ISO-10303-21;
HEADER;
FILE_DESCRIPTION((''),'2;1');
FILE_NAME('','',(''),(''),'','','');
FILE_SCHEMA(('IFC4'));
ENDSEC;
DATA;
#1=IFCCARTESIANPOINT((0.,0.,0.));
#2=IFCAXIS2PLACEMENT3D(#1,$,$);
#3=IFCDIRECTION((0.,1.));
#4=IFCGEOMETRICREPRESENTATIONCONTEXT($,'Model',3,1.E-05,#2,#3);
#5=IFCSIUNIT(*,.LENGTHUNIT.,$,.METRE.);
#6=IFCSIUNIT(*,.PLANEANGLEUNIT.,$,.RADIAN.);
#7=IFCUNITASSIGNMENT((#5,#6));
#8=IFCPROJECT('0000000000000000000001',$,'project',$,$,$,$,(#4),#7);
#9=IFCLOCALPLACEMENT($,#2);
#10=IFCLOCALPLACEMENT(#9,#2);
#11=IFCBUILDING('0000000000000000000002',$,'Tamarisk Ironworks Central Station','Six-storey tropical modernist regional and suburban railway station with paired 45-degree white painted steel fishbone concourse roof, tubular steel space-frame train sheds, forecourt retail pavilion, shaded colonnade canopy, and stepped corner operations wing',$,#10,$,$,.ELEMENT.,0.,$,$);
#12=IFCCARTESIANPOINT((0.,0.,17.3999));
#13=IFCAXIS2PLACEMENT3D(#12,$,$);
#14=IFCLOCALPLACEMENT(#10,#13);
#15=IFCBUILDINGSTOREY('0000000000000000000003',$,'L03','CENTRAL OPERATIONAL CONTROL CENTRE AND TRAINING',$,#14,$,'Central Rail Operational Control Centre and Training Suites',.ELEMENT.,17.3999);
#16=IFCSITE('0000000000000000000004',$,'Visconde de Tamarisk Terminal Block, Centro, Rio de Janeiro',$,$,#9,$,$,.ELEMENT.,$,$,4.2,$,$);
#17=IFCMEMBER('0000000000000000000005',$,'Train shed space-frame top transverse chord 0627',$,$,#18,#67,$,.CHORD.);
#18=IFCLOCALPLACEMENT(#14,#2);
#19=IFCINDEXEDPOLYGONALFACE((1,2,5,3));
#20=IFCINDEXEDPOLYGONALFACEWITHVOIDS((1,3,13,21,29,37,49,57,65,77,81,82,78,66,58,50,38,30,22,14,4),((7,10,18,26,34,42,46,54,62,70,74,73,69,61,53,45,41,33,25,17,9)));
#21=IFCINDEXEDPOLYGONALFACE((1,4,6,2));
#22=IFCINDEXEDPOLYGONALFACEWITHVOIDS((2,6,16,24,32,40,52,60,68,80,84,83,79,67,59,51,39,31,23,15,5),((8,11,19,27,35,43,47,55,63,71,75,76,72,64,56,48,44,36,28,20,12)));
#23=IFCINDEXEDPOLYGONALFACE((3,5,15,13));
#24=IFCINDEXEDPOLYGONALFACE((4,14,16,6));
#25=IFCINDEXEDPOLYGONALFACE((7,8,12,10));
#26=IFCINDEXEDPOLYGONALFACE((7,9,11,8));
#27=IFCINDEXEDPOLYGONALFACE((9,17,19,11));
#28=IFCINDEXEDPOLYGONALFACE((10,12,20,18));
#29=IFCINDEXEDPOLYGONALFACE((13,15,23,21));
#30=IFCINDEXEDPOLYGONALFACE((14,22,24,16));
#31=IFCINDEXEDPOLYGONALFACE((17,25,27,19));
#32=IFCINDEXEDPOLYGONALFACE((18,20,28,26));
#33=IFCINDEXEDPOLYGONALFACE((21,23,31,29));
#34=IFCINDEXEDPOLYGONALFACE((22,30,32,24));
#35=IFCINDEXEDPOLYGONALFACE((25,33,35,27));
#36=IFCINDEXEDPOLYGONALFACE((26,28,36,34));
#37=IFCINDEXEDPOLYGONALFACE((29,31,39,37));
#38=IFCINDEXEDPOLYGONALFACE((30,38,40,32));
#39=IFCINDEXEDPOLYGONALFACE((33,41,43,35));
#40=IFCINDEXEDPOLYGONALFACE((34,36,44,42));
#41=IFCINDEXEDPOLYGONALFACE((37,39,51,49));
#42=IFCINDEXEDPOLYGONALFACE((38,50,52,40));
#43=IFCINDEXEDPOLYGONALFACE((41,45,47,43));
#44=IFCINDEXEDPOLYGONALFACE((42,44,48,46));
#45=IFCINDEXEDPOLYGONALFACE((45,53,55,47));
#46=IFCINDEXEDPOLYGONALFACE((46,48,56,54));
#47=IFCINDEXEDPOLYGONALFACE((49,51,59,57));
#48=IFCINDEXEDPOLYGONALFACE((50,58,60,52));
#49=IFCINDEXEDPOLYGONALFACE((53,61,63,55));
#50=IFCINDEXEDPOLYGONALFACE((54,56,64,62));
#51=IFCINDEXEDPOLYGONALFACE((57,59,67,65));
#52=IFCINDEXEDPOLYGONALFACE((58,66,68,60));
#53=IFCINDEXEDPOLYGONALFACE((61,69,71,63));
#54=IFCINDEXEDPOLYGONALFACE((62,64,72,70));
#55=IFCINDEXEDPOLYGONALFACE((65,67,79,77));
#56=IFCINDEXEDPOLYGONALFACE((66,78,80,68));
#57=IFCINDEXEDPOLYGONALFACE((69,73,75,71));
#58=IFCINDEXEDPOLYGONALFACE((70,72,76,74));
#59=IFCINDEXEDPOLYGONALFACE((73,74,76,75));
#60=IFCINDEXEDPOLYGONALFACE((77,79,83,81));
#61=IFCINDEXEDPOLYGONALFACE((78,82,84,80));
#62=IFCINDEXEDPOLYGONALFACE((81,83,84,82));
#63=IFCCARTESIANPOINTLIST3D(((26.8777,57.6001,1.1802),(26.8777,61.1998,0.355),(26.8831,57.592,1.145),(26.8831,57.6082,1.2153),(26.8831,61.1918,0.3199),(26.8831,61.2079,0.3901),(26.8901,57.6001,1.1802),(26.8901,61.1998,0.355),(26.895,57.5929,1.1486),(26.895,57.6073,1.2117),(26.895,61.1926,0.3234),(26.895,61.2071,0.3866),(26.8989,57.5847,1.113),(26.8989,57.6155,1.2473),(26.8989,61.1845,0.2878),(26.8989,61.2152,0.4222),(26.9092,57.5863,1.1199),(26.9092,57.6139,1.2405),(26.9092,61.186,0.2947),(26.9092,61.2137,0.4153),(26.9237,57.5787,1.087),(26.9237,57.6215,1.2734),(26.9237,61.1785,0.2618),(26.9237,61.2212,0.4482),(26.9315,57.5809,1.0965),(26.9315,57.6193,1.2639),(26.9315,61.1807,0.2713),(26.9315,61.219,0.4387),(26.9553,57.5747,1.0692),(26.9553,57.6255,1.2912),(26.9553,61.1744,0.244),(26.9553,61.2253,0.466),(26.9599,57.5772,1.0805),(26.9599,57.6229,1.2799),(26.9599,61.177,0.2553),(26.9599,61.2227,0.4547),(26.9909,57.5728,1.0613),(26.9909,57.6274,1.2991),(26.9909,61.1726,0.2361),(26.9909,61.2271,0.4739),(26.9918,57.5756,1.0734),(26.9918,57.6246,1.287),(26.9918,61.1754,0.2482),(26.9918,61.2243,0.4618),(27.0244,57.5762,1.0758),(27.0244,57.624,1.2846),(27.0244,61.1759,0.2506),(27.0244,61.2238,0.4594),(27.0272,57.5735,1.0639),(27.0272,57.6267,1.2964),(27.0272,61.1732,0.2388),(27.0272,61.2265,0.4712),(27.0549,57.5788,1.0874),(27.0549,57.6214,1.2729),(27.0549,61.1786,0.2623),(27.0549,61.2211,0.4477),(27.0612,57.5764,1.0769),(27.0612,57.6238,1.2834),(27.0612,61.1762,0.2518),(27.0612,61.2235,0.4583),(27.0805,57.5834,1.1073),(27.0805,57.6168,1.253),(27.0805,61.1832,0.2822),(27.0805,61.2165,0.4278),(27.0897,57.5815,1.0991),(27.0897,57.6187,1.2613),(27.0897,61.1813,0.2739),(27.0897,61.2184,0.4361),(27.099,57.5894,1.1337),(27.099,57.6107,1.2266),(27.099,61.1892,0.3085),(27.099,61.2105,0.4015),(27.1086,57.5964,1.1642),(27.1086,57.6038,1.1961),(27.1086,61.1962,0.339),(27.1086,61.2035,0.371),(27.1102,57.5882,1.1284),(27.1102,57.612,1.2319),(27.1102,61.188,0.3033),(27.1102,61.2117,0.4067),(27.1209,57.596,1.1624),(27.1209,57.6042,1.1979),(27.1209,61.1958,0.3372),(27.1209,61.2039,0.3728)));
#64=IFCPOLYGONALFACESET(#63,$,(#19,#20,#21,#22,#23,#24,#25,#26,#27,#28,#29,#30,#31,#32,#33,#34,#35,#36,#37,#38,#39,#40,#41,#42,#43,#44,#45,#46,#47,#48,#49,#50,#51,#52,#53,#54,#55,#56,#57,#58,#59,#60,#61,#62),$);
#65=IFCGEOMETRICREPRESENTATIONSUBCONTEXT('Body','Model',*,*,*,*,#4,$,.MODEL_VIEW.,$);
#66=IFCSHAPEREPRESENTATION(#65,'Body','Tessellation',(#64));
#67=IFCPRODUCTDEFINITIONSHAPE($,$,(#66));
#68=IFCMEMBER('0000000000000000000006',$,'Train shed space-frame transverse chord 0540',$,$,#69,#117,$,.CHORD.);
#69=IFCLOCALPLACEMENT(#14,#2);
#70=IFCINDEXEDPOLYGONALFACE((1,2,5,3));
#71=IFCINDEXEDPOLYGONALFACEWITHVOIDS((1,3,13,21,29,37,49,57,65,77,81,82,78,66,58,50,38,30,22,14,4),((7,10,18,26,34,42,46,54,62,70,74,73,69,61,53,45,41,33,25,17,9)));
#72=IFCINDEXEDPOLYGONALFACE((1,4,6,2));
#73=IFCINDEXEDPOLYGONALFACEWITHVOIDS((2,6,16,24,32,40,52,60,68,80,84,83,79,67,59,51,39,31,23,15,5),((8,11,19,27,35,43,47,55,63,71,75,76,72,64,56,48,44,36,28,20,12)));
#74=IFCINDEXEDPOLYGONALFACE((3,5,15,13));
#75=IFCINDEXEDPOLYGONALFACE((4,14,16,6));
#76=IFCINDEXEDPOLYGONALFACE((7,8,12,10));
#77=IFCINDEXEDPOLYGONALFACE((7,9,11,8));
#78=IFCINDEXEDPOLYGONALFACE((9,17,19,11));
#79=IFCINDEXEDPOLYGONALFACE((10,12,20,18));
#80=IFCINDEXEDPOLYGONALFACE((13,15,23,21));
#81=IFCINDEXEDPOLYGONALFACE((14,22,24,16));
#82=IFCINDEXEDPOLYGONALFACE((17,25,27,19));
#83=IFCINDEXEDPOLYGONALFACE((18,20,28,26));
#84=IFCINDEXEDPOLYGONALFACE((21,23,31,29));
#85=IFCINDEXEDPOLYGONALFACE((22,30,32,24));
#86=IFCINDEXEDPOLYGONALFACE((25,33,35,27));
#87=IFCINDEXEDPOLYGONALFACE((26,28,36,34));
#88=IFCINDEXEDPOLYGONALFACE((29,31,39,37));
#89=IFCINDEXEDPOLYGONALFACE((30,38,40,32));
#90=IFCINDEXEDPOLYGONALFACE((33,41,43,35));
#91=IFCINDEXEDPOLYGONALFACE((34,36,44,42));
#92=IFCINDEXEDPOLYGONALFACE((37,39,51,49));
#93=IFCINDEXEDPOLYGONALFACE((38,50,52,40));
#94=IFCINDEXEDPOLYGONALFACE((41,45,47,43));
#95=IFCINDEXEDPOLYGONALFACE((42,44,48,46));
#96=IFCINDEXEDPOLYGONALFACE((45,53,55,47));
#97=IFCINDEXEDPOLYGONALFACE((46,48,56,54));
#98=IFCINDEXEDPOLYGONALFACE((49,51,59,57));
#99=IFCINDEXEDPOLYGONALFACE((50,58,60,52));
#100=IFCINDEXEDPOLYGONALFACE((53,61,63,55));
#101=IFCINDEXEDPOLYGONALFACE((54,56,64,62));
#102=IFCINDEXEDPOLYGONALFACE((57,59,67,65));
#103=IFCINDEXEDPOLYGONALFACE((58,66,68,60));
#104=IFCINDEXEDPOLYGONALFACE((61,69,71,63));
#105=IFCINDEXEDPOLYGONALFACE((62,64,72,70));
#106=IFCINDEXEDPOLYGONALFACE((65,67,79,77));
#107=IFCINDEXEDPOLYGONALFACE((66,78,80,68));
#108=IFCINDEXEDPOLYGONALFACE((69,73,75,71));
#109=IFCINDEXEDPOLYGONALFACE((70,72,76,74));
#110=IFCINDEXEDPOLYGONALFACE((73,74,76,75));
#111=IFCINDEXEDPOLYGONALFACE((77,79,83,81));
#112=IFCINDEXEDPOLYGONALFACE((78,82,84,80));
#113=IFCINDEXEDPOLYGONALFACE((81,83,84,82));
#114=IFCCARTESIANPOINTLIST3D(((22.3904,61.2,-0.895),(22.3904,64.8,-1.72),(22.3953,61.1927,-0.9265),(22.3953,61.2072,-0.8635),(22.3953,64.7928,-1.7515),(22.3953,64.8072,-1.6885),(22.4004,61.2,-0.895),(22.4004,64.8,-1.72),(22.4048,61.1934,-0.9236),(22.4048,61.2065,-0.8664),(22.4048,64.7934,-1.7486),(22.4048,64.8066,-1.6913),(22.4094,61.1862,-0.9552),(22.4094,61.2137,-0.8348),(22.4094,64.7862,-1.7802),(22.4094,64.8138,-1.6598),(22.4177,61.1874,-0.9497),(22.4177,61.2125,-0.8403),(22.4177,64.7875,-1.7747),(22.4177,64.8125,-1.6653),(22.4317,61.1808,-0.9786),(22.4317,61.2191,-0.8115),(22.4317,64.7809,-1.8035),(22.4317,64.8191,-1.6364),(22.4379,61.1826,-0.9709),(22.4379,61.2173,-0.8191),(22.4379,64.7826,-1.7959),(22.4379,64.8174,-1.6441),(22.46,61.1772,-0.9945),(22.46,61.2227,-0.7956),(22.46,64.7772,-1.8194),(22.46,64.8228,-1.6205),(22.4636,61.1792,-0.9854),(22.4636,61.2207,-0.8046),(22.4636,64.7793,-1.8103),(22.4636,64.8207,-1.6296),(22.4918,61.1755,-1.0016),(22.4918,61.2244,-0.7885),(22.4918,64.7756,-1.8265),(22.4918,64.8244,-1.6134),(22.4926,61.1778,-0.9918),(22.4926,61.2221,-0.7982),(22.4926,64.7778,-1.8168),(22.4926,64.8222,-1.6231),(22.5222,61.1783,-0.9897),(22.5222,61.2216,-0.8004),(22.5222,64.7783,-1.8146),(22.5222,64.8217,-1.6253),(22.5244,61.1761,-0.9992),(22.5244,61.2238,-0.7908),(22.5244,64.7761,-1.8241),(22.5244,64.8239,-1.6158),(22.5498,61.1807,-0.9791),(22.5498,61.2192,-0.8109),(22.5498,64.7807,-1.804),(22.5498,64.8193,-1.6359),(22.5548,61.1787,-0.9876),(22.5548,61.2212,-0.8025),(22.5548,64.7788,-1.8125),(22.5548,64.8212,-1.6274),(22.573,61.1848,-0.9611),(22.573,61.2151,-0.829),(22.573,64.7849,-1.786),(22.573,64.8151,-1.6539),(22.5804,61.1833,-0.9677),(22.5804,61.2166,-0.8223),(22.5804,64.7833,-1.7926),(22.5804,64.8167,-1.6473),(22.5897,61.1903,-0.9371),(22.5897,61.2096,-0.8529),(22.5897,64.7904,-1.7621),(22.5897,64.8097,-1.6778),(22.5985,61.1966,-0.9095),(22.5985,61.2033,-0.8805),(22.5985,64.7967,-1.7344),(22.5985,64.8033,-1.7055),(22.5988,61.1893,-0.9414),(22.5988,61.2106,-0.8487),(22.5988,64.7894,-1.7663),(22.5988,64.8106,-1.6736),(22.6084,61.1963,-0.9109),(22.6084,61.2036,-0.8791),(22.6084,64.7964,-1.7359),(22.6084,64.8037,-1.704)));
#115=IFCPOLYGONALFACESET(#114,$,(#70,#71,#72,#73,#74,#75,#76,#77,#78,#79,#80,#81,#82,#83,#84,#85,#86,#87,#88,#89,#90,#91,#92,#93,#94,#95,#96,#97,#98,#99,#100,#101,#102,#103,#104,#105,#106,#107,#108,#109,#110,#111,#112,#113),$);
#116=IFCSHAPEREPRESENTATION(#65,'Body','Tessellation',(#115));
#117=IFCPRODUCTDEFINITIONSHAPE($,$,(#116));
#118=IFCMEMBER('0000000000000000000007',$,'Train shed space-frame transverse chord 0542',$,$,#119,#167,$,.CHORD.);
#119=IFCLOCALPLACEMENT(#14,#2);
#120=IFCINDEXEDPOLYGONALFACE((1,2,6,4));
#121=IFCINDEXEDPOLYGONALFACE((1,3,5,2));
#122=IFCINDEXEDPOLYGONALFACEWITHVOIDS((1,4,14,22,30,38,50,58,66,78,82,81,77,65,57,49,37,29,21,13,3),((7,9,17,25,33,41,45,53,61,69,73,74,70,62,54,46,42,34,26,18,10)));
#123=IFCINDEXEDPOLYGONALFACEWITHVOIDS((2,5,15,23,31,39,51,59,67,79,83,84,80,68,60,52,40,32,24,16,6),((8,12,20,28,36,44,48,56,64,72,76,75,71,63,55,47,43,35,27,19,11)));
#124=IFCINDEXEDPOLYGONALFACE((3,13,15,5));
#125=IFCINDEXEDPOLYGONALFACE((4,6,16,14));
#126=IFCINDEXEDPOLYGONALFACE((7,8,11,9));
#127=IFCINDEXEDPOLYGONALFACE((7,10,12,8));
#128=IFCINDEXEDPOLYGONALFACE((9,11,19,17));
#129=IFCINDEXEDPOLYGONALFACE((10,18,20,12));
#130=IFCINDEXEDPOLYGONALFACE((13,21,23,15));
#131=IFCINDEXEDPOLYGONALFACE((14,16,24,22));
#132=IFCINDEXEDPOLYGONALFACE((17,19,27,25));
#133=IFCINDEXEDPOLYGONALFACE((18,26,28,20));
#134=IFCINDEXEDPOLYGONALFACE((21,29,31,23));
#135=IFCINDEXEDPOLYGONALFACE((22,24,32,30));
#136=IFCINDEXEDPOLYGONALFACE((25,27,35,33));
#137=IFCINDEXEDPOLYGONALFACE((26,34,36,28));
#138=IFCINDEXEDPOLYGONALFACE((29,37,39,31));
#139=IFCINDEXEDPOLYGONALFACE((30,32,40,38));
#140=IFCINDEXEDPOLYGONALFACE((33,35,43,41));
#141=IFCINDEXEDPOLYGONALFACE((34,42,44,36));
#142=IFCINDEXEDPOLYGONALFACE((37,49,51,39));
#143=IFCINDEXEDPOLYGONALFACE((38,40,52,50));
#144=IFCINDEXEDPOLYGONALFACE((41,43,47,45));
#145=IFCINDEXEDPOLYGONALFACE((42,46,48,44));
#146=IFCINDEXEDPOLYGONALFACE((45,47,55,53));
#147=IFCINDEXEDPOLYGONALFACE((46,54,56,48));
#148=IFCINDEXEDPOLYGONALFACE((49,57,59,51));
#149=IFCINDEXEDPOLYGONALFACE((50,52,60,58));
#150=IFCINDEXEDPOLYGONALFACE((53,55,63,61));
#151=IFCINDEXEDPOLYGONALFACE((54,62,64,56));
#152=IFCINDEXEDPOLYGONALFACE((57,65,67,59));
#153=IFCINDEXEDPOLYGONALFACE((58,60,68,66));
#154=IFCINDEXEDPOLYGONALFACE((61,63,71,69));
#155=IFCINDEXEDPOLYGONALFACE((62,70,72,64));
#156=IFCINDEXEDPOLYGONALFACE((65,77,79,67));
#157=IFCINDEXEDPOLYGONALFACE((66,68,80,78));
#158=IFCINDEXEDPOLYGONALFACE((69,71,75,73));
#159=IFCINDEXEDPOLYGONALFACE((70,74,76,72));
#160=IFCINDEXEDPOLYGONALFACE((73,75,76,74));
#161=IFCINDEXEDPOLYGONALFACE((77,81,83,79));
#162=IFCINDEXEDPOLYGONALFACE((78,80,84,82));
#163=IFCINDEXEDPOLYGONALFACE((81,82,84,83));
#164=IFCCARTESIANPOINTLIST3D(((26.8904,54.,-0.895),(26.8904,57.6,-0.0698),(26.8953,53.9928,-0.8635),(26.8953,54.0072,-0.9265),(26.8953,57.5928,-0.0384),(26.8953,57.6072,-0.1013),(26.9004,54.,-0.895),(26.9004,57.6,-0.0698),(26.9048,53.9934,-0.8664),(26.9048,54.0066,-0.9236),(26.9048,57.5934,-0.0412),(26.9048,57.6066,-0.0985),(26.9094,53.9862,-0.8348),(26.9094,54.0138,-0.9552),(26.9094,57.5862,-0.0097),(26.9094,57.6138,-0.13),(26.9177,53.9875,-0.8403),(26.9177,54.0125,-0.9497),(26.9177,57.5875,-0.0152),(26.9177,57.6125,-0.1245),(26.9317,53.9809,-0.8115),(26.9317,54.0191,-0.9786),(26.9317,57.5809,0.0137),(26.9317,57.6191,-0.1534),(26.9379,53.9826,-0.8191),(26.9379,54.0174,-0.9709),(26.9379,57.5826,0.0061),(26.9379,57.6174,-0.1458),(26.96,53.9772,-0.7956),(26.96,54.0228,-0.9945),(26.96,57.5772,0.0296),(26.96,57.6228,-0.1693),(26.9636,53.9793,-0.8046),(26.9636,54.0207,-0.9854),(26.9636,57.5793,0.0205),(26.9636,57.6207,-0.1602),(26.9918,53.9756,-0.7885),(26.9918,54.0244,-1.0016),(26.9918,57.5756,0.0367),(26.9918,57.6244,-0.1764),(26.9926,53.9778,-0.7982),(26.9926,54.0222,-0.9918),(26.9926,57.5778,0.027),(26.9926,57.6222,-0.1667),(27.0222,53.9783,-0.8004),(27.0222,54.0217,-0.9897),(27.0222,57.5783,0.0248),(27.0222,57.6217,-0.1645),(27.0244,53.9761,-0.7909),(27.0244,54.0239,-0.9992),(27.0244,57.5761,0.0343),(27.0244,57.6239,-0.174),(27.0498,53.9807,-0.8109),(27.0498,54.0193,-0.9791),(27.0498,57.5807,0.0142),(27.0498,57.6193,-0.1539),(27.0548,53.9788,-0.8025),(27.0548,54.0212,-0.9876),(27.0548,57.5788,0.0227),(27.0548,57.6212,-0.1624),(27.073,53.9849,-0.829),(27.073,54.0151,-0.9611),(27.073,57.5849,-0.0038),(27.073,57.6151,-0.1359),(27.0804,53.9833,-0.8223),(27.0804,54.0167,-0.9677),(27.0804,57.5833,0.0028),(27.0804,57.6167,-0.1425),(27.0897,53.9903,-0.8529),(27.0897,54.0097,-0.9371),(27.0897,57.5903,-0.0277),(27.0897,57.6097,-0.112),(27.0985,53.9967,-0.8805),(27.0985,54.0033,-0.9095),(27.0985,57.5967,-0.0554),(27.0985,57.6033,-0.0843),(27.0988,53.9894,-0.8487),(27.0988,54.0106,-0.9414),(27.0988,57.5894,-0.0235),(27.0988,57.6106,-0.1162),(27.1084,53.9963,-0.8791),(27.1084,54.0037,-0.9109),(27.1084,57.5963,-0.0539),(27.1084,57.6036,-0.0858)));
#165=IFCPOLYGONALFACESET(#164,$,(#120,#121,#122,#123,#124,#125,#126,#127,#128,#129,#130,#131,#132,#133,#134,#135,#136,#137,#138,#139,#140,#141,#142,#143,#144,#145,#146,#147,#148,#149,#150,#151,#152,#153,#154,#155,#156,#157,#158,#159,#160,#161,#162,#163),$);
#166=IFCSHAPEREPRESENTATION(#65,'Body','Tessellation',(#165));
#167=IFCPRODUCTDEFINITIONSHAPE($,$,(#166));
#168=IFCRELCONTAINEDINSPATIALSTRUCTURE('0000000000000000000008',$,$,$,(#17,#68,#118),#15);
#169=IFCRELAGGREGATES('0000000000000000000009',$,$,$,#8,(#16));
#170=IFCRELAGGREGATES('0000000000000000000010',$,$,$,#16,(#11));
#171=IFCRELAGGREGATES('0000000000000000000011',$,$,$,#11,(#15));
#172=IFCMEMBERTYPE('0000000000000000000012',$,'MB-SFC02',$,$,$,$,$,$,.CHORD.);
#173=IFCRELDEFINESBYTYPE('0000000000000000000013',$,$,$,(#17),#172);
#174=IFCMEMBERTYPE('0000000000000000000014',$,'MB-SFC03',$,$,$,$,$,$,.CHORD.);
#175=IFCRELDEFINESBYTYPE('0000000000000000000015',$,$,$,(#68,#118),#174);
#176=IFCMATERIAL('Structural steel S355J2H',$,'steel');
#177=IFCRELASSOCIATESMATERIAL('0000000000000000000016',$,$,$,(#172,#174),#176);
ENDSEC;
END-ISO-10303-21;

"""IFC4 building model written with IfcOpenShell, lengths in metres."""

from ifc_helpers import new_model, si_unit, direction, frame, origin, origin_2d, place, context, subcontext, project, spatial, hollow_circle, extrude, material, material_profile, profile_set, type_object, element, save


model = new_model("IFC4")

# Units and contexts
model_context = context("Model", 3, precision=1e-05, world=origin(), true_north=direction((0.0, 1.0)))
body_context = subcontext(model_context, "Body", "Model", "MODEL_VIEW")
ifc_project = project(units=[si_unit("LENGTHUNIT", "METRE"), si_unit("PLANEANGLEUNIT", "RADIAN")], contexts=[model_context])

# Site, building, storey
site_placement = place(None, origin())
site = spatial("IfcSite", under=ifc_project, at=site_placement, Name="Visconde de Tamarisk Terminal Block, Centro, Rio de Janeiro", CompositionType="ELEMENT", RefElevation=4.2)
building_placement = place(site_placement, origin())
building = spatial("IfcBuilding", under=site, at=building_placement, Name="Tamarisk Ironworks Central Station", Description="Six-storey tropical modernist regional and suburban railway station with paired 45-degree white painted steel fishbone concourse roof, tubular steel space-frame train sheds, forecourt retail pavilion, shaded colonnade canopy, and stepped corner operations wing", CompositionType="ELEMENT", ElevationOfRefHeight=0.0)
storey_placement = place(building_placement, frame((0.0, 0.0, 17.3999)))
storey = spatial("IfcBuildingStorey", under=building, at=storey_placement, Name="L03", Description="CENTRAL OPERATIONAL CONTROL CENTRE AND TRAINING", LongName="Central Rail Operational Control Centre and Training Suites", CompositionType="ELEMENT", Elevation=17.3999)

# Members
ifc_material_1 = material(Name="Structural steel S355J2H", Category="steel")
ifc_material_profile_1 = material_profile(ifc_material_1, hollow_circle(Radius=0.1223, WallThickness=0.0125, at=origin_2d()), Name="CHS 244.5x12.5")
ifc_profile_set_1 = profile_set([ifc_material_profile_1], Name="Structural steel S355J2H")
member_type_1 = type_object("IfcMemberType", Name="MB-SFC02", PredefinedType="CHORD", material=ifc_profile_set_1)
member_1_placement = place(storey_placement, frame((27.0, 57.6001, 1.1802), z_axis=(0.0, 0.974719, -0.223435), x_axis=(-1.0, 0.0, 0.0)))
element("IfcMember", 1, at=member_1_placement, inside=storey, type_object=member_type_1, Name="Train shed space-frame top transverse chord 0627", PredefinedType="CHORD", context=body_context, shape_type="SweptSolid", body=[
    extrude(hollow_circle(Radius=0.1223, WallThickness=0.0125, at=origin_2d()), origin(), (0.0, 0.0, 1.0), 3.6931),
])
ifc_material_profile_2 = material_profile(ifc_material_1, hollow_circle(Radius=0.1096, WallThickness=0.01, at=origin_2d()), Name="CHS 219.1x10")
ifc_profile_set_2 = profile_set([ifc_material_profile_2], Name="Structural steel S355J2H")
member_type_2 = type_object("IfcMemberType", Name="MB-SFC03", PredefinedType="CHORD", material=ifc_profile_set_2)
for number, where, z_axis, x_axis, name in (
    (2, (22.5, 61.2, -0.895), (0.0, 0.974737, -0.223358), (-1.0, 0.0, 0.0), "Train shed space-frame transverse chord 0540"),
    (3, (27.0, 54.0, -0.895), (0.0, 0.974722, 0.223421), (-1.0, 0.0, 0.0), "Train shed space-frame transverse chord 0542"),
):
    element("IfcMember", number, at=place(storey_placement, frame(where, z_axis=z_axis, x_axis=x_axis)), inside=storey, type_object=member_type_2, Name=name, PredefinedType="CHORD", context=body_context, shape_type="SweptSolid", body=[
        extrude(hollow_circle(Radius=0.1096, WallThickness=0.01, at=origin_2d()), origin(), (0.0, 0.0, 1.0), 3.6934),
    ])

save(model, "model.ifc")
